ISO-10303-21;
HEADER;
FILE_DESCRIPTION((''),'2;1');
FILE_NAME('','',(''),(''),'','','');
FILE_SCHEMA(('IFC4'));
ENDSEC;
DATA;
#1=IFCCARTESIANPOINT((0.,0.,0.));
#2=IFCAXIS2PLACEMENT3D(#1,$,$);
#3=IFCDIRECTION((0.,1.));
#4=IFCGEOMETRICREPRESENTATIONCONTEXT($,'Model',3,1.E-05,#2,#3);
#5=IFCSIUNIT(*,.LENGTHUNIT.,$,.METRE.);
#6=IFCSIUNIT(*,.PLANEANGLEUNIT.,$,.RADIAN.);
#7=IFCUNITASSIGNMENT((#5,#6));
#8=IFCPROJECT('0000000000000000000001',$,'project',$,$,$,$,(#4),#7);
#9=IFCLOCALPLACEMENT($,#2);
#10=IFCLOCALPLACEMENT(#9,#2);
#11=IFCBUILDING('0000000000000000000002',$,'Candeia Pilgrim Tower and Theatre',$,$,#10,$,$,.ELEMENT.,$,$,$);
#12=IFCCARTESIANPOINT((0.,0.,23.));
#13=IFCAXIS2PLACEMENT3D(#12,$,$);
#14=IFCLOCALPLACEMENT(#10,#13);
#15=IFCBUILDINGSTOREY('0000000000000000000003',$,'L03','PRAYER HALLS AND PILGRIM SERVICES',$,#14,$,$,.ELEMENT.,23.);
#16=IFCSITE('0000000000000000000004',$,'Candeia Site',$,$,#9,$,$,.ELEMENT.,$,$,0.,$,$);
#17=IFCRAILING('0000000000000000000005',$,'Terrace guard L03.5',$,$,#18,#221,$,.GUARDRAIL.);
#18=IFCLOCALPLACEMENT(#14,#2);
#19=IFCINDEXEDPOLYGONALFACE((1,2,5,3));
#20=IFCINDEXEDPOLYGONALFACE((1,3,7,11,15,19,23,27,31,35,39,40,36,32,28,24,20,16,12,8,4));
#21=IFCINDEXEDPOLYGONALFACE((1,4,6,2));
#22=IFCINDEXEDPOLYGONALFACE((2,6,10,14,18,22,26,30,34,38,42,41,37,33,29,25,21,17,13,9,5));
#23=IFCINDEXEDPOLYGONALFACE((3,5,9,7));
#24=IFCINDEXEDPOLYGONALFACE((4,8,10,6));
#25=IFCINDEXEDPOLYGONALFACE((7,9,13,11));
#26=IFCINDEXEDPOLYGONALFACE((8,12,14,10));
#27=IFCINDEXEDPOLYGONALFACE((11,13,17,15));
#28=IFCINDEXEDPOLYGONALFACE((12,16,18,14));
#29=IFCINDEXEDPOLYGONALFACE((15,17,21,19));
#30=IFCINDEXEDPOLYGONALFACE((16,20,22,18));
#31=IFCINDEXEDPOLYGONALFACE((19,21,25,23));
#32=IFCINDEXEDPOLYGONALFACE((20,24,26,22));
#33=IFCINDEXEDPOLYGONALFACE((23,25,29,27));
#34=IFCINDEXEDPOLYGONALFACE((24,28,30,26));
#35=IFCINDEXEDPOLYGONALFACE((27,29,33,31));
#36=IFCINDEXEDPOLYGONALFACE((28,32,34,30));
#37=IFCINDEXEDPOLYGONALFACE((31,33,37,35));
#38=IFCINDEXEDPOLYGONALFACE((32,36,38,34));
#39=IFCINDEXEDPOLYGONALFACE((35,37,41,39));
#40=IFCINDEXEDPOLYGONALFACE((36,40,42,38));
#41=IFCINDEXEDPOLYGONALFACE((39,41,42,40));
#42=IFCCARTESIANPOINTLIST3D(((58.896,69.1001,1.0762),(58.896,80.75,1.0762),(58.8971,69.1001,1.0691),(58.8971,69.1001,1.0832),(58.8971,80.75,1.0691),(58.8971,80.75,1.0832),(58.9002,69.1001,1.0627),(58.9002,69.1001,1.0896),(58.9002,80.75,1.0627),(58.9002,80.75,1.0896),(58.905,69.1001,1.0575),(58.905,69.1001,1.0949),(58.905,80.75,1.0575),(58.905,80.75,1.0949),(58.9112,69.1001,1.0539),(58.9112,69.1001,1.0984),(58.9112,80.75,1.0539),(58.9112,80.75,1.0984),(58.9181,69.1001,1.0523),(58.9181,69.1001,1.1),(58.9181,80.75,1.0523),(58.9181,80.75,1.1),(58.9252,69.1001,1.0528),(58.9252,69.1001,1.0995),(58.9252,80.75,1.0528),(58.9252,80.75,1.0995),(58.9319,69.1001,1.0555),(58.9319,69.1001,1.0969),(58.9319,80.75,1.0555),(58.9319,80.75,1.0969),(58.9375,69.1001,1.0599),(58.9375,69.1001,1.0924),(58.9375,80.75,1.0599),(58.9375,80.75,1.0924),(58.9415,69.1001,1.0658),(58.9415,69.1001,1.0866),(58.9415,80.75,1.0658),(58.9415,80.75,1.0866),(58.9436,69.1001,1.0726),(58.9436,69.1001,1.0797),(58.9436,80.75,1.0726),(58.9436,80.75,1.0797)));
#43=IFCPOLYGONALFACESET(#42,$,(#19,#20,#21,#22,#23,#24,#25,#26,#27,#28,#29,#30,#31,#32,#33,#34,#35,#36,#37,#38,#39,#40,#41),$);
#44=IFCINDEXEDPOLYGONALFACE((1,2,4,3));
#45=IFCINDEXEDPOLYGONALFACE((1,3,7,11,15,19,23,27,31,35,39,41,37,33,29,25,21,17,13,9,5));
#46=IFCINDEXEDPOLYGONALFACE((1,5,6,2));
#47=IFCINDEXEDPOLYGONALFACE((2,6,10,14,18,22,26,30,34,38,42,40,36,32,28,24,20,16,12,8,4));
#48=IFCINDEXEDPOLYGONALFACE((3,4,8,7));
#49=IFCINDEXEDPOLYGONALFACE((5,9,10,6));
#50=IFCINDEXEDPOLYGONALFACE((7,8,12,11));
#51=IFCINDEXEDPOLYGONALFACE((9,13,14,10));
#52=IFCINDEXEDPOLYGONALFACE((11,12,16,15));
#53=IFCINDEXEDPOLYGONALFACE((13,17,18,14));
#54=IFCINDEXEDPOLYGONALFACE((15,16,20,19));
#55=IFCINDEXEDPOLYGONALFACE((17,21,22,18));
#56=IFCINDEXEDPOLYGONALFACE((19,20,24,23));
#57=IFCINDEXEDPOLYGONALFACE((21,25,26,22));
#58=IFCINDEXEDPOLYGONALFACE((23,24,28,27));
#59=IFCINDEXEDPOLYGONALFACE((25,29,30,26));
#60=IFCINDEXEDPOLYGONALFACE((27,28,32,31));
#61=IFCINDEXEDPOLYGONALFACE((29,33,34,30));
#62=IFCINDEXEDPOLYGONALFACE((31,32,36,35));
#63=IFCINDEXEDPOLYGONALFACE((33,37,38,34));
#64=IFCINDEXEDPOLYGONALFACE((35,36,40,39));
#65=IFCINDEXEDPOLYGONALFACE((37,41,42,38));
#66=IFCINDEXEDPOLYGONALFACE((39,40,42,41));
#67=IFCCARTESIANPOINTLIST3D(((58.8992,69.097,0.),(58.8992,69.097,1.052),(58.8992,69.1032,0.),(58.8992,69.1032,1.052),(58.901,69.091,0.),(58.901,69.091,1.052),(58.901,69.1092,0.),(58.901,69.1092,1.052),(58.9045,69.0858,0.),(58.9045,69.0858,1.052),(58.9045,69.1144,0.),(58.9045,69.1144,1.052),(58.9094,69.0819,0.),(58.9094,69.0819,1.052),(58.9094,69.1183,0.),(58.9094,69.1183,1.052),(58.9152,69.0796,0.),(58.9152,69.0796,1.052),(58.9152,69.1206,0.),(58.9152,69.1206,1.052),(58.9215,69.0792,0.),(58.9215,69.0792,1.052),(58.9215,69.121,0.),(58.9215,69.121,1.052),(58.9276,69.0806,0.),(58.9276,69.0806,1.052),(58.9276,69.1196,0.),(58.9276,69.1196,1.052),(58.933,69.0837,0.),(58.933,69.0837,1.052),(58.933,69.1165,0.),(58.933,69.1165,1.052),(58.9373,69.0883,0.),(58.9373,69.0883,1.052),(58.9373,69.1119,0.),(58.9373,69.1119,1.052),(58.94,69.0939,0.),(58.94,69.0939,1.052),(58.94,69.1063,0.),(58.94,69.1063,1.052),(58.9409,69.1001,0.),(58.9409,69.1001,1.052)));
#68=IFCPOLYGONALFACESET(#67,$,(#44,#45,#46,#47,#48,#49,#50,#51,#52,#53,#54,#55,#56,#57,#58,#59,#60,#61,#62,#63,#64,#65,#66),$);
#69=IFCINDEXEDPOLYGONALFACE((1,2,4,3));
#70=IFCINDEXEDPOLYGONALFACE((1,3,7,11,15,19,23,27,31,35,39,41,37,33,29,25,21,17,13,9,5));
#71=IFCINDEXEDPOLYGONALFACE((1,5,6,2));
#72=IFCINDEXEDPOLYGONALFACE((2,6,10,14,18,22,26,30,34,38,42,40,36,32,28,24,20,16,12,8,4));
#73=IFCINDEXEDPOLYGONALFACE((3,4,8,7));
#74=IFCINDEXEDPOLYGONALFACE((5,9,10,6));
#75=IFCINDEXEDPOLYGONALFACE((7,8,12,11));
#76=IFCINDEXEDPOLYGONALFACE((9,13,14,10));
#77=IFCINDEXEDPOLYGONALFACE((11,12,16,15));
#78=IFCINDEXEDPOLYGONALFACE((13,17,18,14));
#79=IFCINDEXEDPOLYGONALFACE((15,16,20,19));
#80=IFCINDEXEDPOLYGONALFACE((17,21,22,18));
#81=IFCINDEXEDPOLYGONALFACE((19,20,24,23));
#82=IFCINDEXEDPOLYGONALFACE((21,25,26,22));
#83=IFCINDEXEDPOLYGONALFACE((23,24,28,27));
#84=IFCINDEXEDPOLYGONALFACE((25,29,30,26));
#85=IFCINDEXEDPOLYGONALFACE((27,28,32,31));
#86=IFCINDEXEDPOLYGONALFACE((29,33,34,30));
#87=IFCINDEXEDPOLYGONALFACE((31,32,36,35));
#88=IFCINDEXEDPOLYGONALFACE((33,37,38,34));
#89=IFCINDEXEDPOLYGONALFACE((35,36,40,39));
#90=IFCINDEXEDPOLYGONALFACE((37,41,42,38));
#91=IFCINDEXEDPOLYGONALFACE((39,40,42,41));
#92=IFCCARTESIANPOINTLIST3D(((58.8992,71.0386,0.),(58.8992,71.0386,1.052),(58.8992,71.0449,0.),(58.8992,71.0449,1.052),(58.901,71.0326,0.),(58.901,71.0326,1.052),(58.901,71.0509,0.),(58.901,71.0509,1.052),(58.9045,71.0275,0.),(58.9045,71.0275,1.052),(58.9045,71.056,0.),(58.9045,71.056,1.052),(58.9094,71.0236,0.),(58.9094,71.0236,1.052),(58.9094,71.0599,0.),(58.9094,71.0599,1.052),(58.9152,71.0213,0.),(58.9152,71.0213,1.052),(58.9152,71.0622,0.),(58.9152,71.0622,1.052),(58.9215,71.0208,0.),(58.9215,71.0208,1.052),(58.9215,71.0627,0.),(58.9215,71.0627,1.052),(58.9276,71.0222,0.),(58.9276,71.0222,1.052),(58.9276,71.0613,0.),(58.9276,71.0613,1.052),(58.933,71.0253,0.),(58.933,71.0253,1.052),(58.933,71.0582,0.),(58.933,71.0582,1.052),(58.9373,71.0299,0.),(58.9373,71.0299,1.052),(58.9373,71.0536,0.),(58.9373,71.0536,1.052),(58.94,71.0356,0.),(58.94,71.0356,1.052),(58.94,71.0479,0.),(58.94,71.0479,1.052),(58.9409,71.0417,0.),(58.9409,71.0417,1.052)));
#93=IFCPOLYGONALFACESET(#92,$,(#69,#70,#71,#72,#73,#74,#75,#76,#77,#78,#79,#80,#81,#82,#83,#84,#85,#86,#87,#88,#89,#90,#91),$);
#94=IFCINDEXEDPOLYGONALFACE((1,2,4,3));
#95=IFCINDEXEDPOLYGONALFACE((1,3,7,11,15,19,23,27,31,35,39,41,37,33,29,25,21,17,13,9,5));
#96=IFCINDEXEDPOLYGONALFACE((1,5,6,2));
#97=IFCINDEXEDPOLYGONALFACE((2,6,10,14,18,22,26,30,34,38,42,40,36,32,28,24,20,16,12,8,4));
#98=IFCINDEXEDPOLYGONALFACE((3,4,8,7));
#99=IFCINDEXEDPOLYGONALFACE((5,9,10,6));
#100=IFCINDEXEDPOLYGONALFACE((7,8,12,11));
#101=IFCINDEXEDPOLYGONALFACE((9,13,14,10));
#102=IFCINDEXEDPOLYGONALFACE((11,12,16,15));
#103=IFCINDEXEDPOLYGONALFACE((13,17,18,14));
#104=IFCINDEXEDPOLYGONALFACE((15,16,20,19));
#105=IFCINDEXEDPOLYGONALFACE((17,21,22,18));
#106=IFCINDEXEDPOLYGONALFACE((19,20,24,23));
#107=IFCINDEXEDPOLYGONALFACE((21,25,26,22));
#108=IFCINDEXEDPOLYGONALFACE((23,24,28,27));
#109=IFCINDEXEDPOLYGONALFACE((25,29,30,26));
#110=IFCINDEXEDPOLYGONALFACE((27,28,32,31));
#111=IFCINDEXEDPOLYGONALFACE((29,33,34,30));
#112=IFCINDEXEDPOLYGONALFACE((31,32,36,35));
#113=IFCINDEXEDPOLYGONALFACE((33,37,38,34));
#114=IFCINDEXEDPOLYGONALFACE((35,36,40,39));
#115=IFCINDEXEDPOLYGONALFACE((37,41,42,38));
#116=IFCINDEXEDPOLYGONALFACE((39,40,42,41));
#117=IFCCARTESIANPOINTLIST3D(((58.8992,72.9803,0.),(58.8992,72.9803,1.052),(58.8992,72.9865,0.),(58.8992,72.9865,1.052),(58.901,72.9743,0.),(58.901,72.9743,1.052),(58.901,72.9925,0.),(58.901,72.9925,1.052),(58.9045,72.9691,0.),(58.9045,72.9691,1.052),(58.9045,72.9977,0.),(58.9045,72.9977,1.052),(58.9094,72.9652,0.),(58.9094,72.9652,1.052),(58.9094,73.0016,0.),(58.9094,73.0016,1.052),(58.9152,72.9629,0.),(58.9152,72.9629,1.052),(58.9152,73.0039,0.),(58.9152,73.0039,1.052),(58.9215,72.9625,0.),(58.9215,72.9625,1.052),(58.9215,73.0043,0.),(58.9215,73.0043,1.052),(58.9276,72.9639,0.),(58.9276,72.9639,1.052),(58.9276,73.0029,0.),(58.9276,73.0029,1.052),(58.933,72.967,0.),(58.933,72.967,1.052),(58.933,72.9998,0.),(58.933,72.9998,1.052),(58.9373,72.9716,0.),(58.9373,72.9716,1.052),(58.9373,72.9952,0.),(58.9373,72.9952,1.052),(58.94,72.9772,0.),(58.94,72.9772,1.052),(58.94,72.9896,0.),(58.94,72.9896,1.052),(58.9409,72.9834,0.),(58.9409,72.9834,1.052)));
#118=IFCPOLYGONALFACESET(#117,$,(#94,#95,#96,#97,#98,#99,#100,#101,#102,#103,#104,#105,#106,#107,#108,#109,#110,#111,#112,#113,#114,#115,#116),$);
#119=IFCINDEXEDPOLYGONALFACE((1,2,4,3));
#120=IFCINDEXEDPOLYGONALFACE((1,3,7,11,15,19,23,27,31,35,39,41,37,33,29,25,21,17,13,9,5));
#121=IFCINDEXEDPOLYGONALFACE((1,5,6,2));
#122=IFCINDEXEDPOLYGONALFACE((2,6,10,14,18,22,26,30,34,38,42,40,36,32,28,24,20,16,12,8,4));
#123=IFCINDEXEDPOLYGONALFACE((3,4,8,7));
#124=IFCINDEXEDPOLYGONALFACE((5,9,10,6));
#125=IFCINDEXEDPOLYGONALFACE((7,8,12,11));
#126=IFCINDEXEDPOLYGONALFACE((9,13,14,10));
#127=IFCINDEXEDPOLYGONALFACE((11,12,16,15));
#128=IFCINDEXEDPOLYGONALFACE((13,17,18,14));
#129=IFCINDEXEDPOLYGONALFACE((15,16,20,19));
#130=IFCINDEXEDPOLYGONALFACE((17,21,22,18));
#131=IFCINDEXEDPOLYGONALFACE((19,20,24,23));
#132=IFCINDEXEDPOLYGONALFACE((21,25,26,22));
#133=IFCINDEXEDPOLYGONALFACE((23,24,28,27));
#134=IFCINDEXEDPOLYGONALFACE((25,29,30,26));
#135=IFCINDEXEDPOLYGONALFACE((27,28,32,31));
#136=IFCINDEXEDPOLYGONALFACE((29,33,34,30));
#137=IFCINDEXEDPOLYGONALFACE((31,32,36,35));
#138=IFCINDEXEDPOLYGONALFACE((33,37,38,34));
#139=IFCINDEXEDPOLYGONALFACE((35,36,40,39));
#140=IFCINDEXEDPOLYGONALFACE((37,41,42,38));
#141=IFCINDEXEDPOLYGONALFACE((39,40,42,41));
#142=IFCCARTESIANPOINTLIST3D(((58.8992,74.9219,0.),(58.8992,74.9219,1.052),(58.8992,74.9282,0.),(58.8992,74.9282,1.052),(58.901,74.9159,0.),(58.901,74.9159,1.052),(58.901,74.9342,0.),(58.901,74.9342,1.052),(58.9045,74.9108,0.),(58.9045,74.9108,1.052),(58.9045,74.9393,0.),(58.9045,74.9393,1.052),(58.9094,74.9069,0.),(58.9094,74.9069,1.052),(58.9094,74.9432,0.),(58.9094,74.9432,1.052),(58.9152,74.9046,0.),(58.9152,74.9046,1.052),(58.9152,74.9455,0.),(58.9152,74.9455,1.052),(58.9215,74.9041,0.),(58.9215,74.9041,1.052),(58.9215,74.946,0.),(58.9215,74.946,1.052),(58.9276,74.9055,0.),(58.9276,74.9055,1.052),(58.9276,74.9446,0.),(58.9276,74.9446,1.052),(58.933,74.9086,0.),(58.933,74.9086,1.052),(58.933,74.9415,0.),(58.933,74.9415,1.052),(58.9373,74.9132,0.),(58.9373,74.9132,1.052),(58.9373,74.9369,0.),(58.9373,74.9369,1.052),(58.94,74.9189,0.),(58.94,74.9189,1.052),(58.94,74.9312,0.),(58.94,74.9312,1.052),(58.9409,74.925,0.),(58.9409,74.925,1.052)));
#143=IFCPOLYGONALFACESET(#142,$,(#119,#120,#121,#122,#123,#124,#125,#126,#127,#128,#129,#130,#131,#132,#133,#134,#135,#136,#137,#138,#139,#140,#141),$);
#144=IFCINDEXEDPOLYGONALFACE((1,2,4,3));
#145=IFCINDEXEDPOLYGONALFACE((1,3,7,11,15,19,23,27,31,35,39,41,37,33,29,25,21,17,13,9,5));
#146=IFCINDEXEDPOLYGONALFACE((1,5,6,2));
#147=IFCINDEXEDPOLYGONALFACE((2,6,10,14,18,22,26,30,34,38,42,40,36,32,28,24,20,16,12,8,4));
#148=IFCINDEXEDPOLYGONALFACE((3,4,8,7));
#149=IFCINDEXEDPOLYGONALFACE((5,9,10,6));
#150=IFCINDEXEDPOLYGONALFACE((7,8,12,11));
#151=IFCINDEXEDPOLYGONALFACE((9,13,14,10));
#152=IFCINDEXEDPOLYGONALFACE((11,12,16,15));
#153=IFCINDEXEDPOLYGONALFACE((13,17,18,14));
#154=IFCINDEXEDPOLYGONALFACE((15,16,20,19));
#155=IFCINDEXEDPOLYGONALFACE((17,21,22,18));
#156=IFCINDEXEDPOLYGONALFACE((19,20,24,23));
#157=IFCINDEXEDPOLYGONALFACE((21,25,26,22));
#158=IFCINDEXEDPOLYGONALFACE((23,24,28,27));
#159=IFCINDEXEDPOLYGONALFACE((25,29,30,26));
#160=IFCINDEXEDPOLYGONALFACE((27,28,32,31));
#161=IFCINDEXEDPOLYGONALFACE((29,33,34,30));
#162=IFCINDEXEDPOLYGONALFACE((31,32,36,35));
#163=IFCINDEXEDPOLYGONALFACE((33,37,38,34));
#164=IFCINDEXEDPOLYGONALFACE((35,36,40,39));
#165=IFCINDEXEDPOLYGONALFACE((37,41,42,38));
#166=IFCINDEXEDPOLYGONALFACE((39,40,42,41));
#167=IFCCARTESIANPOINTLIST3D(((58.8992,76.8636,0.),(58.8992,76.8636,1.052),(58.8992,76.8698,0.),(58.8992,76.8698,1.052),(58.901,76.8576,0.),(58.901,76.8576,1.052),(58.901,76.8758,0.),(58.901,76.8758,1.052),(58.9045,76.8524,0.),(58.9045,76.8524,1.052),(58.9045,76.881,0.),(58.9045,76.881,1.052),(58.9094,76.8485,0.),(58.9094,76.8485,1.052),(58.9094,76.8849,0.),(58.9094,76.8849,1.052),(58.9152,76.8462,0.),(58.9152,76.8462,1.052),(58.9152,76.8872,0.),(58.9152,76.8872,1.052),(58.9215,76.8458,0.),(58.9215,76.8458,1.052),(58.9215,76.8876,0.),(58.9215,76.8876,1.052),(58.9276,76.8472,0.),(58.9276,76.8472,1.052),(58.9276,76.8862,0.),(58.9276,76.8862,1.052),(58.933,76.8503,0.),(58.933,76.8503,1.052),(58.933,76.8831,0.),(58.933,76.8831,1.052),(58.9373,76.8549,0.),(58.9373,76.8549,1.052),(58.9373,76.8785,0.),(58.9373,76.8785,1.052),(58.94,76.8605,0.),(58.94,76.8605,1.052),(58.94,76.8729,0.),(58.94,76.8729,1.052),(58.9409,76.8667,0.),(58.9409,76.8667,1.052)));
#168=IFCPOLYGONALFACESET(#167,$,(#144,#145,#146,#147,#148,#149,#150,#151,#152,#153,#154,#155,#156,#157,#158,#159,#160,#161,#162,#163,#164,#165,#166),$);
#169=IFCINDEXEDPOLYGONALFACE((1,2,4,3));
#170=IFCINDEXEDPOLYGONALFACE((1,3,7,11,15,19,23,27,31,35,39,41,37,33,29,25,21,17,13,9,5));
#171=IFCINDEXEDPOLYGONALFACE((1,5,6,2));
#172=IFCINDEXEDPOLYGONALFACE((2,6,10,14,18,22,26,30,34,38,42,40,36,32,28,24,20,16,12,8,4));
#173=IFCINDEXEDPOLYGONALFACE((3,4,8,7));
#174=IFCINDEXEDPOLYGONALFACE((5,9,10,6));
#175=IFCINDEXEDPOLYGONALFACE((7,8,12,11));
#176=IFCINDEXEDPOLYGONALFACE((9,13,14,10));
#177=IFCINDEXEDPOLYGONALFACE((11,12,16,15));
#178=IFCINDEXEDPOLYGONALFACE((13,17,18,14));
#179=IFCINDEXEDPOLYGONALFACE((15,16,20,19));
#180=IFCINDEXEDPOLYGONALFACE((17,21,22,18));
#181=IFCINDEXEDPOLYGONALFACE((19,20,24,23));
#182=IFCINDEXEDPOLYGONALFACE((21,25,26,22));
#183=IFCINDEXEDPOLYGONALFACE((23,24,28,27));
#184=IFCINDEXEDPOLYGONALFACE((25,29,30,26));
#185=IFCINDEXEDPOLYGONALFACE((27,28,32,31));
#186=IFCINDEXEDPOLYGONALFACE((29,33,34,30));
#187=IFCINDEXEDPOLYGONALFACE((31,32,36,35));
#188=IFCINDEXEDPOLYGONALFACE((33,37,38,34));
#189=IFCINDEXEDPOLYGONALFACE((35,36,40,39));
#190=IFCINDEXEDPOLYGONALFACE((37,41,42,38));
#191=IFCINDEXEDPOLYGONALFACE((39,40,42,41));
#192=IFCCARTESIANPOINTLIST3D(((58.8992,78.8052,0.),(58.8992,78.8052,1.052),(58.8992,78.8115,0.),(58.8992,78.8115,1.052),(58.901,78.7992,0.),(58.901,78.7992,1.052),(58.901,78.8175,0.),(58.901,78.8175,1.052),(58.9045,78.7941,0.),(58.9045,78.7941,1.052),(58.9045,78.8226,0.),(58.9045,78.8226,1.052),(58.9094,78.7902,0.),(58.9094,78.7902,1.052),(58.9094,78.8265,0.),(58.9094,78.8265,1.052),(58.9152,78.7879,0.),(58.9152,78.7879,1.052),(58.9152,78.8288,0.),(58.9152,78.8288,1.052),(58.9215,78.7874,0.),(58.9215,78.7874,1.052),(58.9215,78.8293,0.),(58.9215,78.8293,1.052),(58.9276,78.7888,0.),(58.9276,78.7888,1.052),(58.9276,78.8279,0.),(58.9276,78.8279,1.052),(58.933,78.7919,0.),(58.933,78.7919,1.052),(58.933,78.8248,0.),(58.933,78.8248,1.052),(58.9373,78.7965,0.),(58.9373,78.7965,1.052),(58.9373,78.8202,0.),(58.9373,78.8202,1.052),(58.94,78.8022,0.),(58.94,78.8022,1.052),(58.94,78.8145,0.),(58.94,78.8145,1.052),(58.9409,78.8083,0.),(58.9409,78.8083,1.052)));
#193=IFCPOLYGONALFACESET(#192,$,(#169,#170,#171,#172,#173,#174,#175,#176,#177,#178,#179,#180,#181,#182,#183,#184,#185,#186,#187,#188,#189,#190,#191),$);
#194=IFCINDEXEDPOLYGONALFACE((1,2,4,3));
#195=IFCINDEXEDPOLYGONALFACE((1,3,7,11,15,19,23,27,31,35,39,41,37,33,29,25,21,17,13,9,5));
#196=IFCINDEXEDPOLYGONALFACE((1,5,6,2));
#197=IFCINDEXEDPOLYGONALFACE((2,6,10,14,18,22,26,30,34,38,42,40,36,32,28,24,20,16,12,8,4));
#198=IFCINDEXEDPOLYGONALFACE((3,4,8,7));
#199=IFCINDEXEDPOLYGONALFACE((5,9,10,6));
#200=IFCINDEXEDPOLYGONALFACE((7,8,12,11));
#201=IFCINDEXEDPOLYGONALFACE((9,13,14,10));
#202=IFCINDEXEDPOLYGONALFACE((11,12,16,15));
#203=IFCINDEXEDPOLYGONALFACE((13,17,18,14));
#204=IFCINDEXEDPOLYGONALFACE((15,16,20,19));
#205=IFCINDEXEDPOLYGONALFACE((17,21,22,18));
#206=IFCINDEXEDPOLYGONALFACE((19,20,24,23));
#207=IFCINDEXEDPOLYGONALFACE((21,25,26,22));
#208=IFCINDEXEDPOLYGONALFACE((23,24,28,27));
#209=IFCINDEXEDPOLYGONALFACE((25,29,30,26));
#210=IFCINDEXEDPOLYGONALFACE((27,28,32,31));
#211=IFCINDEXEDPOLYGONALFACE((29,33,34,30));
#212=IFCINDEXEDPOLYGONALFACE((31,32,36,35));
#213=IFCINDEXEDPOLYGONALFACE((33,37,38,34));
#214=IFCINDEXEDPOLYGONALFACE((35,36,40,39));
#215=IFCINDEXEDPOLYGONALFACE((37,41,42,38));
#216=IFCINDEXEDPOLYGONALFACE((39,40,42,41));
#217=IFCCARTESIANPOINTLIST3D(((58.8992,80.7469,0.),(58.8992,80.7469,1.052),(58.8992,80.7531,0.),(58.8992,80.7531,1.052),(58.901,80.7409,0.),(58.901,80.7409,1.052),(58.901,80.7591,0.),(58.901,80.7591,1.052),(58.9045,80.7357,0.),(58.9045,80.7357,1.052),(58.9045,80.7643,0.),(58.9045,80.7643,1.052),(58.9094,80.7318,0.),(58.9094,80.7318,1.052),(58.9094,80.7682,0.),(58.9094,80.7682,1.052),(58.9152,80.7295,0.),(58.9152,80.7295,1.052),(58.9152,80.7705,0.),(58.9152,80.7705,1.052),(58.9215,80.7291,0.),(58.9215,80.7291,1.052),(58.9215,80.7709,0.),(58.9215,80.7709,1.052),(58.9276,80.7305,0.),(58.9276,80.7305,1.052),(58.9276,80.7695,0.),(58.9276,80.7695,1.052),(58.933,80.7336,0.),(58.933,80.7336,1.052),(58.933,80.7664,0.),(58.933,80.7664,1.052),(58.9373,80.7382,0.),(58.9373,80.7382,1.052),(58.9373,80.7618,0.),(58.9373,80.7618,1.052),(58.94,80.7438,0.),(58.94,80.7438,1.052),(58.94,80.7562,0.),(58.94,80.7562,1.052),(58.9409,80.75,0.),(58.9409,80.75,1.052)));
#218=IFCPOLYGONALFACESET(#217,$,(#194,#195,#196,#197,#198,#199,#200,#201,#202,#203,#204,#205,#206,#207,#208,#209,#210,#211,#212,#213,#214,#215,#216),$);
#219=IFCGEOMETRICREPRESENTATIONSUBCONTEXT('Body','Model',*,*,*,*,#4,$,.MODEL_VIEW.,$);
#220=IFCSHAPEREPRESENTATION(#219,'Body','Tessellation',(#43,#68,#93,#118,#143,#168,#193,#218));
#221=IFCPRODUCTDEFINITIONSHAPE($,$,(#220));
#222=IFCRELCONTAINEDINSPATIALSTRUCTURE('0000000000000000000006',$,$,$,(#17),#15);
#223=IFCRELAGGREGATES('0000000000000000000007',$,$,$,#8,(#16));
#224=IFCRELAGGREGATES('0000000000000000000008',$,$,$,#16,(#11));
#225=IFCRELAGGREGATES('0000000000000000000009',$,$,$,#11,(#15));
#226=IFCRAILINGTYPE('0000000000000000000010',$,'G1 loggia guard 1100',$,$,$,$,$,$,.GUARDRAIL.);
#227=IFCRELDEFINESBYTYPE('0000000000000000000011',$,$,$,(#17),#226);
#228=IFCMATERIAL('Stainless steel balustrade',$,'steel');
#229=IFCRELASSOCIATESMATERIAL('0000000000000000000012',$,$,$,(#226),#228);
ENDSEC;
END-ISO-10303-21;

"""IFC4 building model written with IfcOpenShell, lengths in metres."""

from ifc_helpers import new_model, si_unit, direction, frame, origin, origin_2d, place, context, subcontext, project, spatial, circle, extrude, material, type_object, element, save


model = new_model("IFC4")

# Units and contexts
model_context = context("Model", 3, precision=1e-05, world=origin(), true_north=direction((0.0, 1.0)))
body_context = subcontext(model_context, "Body", "Model", "MODEL_VIEW")
ifc_project = project(units=[si_unit("LENGTHUNIT", "METRE"), si_unit("PLANEANGLEUNIT", "RADIAN")], contexts=[model_context])

# Site, building, storey
site_placement = place(None, origin())
site = spatial("IfcSite", under=ifc_project, at=site_placement, Name="Candeia Site", CompositionType="ELEMENT", RefElevation=0.0)
building_placement = place(site_placement, origin())
building = spatial("IfcBuilding", under=site, at=building_placement, Name="Candeia Pilgrim Tower and Theatre", CompositionType="ELEMENT")
storey_placement = place(building_placement, frame((0.0, 0.0, 23.0)))
storey = spatial("IfcBuildingStorey", under=building, at=storey_placement, Name="L03", Description="PRAYER HALLS AND PILGRIM SERVICES", CompositionType="ELEMENT", Elevation=23.0)

# Railing
ifc_material_1 = material(Name="Stainless steel balustrade", Category="steel")
railing_type_1 = type_object("IfcRailingType", Name="G1 loggia guard 1100", PredefinedType="GUARDRAIL", material=ifc_material_1)
railing_1_placement = place(storey_placement, frame((58.9199, 69.1001, 0.0)))
element("IfcRailing", 1, at=railing_1_placement, inside=storey, type_object=railing_type_1, Name="Terrace guard L03.5", PredefinedType="GUARDRAIL", context=body_context, shape_type="SweptSolid", body=[
    extrude(circle(Radius=0.0239, at=origin_2d()), frame((0.0, 0.0, 1.0762), z_axis=(0.0, 1.0, 0.0), x_axis=(-1.0, 0.0, 0.0)), (0.0, 0.0, 1.0), 11.6499),
    extrude(circle(Radius=0.021, at=origin_2d()), origin(), (0.0, 0.0, 1.0), 1.052),
    extrude(circle(Radius=0.021, at=origin_2d()), frame((0.0, 1.9417, 0.0)), (0.0, 0.0, 1.0), 1.052),
    extrude(circle(Radius=0.021, at=origin_2d()), frame((0.0, 3.8833, 0.0)), (0.0, 0.0, 1.0), 1.052),
    extrude(circle(Radius=0.021, at=origin_2d()), frame((0.0, 5.825, 0.0)), (0.0, 0.0, 1.0), 1.052),
    extrude(circle(Radius=0.021, at=origin_2d()), frame((0.0, 7.7666, 0.0)), (0.0, 0.0, 1.0), 1.052),
    extrude(circle(Radius=0.021, at=origin_2d()), frame((0.0, 9.7083, 0.0)), (0.0, 0.0, 1.0), 1.052),
    extrude(circle(Radius=0.021, at=origin_2d()), frame((0.0, 11.6499, 0.0)), (0.0, 0.0, 1.0), 1.052),
])

save(model, "model.ifc")
